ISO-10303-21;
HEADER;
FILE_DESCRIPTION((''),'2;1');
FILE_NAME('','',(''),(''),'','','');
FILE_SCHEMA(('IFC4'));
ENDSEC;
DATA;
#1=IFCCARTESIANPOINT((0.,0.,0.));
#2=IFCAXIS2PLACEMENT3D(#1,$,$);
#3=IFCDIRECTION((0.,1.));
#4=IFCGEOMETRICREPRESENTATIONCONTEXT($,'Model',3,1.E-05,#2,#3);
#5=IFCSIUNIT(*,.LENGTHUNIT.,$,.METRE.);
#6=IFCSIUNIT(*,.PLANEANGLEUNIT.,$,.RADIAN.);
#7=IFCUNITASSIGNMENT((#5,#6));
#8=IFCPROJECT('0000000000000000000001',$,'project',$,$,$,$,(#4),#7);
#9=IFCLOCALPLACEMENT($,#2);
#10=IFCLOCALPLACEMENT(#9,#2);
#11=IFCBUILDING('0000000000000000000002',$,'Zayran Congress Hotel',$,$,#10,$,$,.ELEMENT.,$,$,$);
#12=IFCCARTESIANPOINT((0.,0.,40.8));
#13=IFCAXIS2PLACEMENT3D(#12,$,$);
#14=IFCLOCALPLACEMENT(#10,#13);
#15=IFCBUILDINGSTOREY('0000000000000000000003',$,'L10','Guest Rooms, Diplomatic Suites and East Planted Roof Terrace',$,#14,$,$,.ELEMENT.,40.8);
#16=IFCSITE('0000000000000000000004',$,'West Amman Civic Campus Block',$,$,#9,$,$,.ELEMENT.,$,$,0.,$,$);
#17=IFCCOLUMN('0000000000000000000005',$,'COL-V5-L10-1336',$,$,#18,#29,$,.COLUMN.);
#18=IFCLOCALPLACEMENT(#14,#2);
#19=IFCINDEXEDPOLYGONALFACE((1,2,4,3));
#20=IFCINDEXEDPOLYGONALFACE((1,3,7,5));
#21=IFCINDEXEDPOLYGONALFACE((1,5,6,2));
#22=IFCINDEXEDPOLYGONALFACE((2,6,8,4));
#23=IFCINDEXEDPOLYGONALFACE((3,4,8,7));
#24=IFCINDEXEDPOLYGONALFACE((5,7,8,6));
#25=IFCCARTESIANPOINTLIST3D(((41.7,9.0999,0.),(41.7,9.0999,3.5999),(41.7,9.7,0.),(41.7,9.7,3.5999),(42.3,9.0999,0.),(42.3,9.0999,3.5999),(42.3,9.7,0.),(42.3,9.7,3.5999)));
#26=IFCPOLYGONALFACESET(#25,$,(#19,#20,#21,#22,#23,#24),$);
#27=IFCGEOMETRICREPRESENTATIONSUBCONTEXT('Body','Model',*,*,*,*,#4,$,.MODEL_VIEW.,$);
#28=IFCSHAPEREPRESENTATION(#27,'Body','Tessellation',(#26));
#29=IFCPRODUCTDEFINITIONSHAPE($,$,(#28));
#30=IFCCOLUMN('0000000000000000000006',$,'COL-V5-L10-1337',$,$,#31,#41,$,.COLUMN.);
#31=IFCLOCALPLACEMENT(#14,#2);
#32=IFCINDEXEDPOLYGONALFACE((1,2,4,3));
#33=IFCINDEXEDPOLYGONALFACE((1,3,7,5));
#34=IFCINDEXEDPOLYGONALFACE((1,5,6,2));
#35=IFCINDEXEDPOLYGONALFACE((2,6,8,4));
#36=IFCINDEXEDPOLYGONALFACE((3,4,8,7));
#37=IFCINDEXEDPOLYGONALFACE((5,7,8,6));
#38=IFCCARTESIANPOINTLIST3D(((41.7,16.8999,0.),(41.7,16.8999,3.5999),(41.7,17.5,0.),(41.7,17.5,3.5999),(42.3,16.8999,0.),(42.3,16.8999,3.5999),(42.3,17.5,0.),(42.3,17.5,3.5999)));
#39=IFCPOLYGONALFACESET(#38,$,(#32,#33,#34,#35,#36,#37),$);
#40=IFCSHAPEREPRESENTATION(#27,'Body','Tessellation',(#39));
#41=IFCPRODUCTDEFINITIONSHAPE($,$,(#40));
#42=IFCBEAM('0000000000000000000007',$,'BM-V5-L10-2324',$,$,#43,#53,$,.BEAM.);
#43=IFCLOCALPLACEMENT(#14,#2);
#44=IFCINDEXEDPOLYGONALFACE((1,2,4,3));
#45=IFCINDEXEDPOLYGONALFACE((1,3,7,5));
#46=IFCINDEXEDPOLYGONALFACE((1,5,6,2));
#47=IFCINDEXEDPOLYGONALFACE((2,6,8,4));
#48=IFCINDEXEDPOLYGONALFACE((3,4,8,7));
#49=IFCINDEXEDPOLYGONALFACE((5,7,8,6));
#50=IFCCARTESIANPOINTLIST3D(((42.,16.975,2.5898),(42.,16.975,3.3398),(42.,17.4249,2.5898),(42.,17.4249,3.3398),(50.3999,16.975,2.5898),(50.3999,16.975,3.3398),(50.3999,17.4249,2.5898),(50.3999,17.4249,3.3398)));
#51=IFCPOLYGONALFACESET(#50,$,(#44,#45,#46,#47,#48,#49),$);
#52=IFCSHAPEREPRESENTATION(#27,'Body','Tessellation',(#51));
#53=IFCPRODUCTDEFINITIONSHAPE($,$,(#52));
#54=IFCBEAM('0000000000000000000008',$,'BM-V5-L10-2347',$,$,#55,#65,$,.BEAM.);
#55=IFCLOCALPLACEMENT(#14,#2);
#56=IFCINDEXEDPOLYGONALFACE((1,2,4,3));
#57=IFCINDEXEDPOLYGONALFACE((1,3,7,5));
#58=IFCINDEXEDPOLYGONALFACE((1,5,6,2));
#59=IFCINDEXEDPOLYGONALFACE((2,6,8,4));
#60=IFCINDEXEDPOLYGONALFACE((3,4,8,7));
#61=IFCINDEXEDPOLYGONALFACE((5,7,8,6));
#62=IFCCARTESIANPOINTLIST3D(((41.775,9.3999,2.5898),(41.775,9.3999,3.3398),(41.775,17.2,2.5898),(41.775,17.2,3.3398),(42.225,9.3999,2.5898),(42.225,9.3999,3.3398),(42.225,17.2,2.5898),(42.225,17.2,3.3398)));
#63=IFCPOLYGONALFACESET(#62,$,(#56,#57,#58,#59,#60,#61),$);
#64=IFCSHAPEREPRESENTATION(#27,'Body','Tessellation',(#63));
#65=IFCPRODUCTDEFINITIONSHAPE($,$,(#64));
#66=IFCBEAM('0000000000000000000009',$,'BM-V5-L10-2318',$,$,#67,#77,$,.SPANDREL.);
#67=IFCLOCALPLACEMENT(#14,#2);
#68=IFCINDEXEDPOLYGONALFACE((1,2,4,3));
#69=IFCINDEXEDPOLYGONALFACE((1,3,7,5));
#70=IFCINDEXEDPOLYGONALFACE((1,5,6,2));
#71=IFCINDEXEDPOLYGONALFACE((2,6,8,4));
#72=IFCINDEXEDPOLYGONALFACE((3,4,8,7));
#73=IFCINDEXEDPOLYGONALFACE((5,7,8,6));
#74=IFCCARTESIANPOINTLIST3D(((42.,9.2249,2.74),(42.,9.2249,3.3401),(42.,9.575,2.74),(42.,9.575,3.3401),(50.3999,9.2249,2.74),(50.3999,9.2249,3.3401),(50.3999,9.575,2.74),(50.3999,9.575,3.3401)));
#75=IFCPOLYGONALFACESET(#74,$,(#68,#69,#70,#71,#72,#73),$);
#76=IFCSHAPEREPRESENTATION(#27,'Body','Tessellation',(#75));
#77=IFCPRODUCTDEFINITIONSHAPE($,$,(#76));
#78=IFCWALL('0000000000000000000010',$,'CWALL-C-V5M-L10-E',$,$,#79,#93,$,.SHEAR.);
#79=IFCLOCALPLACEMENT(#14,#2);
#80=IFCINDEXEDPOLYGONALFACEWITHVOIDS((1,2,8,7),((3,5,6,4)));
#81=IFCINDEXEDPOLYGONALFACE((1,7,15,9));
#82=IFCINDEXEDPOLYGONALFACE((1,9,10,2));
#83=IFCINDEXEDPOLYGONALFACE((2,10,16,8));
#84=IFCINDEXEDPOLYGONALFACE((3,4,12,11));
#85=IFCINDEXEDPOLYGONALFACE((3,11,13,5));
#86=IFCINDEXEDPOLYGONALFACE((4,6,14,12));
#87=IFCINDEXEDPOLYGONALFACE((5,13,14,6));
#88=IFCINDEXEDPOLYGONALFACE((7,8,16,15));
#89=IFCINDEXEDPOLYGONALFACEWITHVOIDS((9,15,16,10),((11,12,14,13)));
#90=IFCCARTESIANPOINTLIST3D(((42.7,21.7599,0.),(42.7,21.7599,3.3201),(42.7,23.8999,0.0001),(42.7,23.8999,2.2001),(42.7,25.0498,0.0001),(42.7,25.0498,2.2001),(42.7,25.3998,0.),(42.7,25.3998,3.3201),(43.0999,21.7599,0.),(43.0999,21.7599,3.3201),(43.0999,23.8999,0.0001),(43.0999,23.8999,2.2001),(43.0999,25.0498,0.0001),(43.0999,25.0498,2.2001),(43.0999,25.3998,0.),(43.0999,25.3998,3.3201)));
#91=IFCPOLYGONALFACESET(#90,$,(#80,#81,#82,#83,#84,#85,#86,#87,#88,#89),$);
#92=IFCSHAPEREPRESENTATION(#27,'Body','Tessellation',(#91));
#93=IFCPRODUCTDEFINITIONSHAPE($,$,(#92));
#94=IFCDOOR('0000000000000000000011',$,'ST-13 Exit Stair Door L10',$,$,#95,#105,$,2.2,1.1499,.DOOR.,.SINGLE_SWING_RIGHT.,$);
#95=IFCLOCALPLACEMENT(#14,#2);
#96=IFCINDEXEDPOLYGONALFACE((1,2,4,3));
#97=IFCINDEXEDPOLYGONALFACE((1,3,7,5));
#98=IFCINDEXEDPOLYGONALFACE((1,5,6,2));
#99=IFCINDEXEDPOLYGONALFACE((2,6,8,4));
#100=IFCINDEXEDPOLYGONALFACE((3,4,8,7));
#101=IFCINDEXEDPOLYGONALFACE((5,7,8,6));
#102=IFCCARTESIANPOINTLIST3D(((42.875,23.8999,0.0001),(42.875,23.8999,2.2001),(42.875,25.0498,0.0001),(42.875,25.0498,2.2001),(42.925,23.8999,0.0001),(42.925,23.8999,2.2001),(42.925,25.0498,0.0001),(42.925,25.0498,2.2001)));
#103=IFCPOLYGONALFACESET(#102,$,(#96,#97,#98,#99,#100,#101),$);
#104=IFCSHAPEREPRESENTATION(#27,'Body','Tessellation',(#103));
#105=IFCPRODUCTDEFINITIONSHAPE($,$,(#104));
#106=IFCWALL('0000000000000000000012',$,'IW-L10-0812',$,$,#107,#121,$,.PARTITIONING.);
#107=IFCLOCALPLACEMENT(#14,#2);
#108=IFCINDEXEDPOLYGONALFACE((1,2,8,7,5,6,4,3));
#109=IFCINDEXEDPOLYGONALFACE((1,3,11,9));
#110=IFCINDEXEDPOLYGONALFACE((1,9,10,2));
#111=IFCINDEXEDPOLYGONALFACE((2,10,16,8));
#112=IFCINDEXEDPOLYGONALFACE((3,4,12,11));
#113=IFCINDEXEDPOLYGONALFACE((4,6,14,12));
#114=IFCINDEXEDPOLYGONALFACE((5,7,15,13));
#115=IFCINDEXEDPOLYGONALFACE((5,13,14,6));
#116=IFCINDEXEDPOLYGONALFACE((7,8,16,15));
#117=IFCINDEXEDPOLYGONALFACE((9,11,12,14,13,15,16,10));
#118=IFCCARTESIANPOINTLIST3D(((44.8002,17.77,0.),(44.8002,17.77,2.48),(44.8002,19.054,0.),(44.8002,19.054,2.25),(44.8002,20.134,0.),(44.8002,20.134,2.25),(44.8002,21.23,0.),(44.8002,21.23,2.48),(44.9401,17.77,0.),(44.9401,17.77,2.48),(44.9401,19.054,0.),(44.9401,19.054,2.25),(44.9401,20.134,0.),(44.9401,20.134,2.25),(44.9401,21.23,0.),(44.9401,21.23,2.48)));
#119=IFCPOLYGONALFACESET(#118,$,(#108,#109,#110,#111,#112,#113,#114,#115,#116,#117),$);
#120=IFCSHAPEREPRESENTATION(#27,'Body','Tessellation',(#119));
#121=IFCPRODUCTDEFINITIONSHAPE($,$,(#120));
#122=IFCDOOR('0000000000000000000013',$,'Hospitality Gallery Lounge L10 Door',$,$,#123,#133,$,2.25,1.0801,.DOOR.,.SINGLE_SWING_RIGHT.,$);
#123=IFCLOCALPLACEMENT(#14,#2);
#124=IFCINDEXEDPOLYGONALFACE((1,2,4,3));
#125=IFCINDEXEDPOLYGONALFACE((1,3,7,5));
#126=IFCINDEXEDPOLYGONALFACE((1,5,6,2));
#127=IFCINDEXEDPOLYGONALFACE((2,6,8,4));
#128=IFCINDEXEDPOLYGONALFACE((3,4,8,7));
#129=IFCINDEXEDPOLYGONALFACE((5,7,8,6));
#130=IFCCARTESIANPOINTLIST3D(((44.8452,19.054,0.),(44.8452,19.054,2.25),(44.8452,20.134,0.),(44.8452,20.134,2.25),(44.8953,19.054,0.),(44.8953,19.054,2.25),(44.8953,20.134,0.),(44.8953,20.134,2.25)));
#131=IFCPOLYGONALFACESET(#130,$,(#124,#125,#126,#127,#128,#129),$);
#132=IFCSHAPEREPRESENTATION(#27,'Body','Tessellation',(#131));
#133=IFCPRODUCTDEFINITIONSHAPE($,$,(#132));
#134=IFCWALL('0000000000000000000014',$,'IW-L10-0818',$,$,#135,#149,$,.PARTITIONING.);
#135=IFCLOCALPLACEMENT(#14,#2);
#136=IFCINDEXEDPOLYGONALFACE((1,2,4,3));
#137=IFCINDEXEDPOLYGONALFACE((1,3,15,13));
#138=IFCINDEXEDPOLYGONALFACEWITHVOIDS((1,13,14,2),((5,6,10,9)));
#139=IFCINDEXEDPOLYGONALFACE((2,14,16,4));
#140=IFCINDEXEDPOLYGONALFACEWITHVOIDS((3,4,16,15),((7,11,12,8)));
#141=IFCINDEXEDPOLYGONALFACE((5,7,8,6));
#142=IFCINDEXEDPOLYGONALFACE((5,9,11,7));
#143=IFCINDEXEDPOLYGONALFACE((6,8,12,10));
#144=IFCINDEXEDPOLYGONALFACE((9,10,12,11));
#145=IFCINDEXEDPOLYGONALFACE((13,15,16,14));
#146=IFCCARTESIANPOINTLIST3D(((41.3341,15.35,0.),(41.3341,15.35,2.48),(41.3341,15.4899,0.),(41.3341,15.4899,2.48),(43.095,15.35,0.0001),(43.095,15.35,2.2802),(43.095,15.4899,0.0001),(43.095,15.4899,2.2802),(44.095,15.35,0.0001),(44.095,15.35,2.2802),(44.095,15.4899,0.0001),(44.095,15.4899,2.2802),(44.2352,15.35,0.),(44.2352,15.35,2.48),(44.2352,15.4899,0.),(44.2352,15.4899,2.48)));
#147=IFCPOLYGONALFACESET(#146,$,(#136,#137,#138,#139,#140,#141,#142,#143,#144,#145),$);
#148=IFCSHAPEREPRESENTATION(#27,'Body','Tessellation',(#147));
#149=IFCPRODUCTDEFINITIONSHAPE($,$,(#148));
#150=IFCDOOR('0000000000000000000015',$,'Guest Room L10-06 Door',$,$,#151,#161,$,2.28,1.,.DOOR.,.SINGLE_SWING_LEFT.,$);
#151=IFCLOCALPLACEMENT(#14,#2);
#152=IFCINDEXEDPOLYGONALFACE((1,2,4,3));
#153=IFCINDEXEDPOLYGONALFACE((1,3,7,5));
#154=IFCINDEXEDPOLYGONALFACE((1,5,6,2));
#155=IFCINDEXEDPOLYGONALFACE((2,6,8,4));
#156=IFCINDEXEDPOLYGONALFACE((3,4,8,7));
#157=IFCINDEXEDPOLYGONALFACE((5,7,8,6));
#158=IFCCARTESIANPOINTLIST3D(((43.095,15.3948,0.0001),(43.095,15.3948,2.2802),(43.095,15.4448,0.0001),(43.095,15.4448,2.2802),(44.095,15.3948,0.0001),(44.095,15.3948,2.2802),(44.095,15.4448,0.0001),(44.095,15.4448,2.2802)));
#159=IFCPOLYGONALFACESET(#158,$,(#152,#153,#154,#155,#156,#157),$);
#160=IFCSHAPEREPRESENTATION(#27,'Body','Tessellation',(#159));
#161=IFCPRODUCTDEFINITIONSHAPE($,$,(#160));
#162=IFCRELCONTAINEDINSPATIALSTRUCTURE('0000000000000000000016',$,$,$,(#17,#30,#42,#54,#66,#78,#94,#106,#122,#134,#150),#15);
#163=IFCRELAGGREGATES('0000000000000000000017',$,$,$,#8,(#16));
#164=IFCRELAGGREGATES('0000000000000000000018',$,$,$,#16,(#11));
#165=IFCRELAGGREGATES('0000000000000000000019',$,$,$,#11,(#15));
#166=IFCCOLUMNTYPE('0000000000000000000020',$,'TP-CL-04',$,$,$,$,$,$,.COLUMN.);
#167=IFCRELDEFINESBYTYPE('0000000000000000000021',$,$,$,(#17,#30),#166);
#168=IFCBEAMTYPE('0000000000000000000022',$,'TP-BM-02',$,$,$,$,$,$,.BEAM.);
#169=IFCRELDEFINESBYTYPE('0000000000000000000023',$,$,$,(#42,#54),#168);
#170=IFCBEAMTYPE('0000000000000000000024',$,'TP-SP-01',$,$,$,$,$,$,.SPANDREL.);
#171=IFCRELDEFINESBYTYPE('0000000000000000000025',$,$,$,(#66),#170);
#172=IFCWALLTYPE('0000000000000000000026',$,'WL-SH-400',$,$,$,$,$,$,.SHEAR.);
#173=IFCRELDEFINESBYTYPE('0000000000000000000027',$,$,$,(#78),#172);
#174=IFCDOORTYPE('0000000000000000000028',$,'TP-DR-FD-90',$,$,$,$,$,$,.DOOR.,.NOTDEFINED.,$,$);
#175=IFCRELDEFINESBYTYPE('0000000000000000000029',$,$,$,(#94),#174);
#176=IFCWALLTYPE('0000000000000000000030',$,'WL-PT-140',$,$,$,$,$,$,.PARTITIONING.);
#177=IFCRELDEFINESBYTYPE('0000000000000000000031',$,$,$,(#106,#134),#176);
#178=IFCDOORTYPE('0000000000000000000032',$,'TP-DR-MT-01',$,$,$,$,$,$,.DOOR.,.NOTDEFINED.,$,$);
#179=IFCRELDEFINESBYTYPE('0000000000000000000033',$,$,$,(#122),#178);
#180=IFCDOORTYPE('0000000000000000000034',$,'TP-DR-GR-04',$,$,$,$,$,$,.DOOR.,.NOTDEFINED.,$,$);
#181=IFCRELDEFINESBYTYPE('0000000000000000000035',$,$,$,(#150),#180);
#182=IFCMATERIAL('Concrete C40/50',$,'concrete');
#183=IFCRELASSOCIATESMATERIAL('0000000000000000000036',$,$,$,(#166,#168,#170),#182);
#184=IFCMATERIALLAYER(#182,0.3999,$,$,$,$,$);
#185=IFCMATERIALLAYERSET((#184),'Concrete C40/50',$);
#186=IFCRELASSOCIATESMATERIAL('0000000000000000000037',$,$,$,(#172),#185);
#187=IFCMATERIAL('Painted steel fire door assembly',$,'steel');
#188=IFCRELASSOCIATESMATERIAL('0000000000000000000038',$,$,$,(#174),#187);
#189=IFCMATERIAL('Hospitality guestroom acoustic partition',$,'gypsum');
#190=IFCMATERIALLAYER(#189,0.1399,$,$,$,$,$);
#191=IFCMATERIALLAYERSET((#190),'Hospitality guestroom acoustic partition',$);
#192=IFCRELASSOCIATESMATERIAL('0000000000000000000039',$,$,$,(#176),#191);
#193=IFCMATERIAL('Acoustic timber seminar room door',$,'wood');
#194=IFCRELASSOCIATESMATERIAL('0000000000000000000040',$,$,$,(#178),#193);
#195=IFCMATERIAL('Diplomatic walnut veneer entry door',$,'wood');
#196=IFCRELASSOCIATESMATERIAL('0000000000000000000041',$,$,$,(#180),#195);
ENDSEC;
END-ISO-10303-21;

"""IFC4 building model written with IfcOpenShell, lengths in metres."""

from ifc_helpers import new_model, si_unit, direction, frame, frame_2d, origin, origin_2d, place, context, subcontext, project, spatial, rectangle, extrude, material, layer, layer_set, material_profile, profile_set, type_object, element, fill, save


model = new_model("IFC4")

# Units and contexts
model_context = context("Model", 3, precision=1e-05, world=origin(), true_north=direction((0.0, 1.0)))
body_context = subcontext(model_context, "Body", "Model", "MODEL_VIEW")
ifc_project = project(units=[si_unit("LENGTHUNIT", "METRE"), si_unit("PLANEANGLEUNIT", "RADIAN")], contexts=[model_context])

# Site, building, storey
site_placement = place(None, origin())
site = spatial("IfcSite", under=ifc_project, at=site_placement, Name="West Amman Civic Campus Block", CompositionType="ELEMENT", RefElevation=0.0)
building_placement = place(site_placement, origin())
building = spatial("IfcBuilding", under=site, at=building_placement, Name="Zayran Congress Hotel", CompositionType="ELEMENT")
storey_placement = place(building_placement, frame((0.0, 0.0, 40.8)))
storey = spatial("IfcBuildingStorey", under=building, at=storey_placement, Name="L10", Description="Guest Rooms, Diplomatic Suites and East Planted Roof Terrace", CompositionType="ELEMENT", Elevation=40.8)

# Columns
ifc_material_1 = material(Name="Concrete C40/50", Category="concrete")
ifc_material_profile_1 = material_profile(ifc_material_1, rectangle(XDim=0.6001, YDim=0.6001, at=origin_2d()), Name="RC 600x600")
ifc_profile_set_1 = profile_set([ifc_material_profile_1], Name="Concrete C40/50")
column_type = type_object("IfcColumnType", Name="TP-CL-04", PredefinedType="COLUMN", material=ifc_profile_set_1)
for number, where, z_axis, x_axis, name in (
    (1, (42.0, 9.3999, 0.0), (0.0, 0.0, 1.0), (1.0, 0.0, 0.0), "COL-V5-L10-1336"),
    (2, (42.0, 17.2, 0.0), (0.0, 0.0, 1.0), (1.0, 0.0, 0.0), "COL-V5-L10-1337"),
):
    element("IfcColumn", number, at=place(storey_placement, frame(where, z_axis=z_axis, x_axis=x_axis)), inside=storey, type_object=column_type, Name=name, PredefinedType="COLUMN", context=body_context, shape_type="SweptSolid", body=[
        extrude(rectangle(XDim=0.6001, YDim=0.6001, at=origin_2d()), origin(), (0.0, 0.0, 1.0), 3.5999),
    ])

# Beams
ifc_material_profile_2 = material_profile(ifc_material_1, rectangle(XDim=0.45, YDim=0.75, at=origin_2d()), Name="RC 450x750")
ifc_profile_set_2 = profile_set([ifc_material_profile_2], Name="Concrete C40/50")
beam_type_1 = type_object("IfcBeamType", Name="TP-BM-02", PredefinedType="BEAM", material=ifc_profile_set_2)
beam_1_placement = place(storey_placement, frame((42.0, 17.2, 2.9648), z_axis=(1.0, 0.0, 0.0), x_axis=(0.0, 1.0, 0.0)))
element("IfcBeam", 3, at=beam_1_placement, inside=storey, type_object=beam_type_1, Name="BM-V5-L10-2324", PredefinedType="BEAM", context=body_context, shape_type="SweptSolid", body=[
    extrude(rectangle(XDim=0.45, YDim=0.75, at=origin_2d()), origin(), (0.0, 0.0, 1.0), 8.3999),
])
beam_2_placement = place(storey_placement, frame((42.0, 9.3999, 2.9648), z_axis=(0.0, 1.0, 0.0), x_axis=(-1.0, 0.0, 0.0)))
element("IfcBeam", 4, at=beam_2_placement, inside=storey, type_object=beam_type_1, Name="BM-V5-L10-2347", PredefinedType="BEAM", context=body_context, shape_type="SweptSolid", body=[
    extrude(rectangle(XDim=0.45, YDim=0.75, at=origin_2d()), origin(), (0.0, 0.0, 1.0), 7.8),
])
ifc_material_profile_3 = material_profile(ifc_material_1, rectangle(XDim=0.3501, YDim=0.6001, at=origin_2d()), Name="RC 350x600")
ifc_profile_set_3 = profile_set([ifc_material_profile_3], Name="Concrete C40/50")
beam_type_2 = type_object("IfcBeamType", Name="TP-SP-01", PredefinedType="SPANDREL", material=ifc_profile_set_3)
beam_3_placement = place(storey_placement, frame((42.0, 9.3999, 3.04), z_axis=(1.0, 0.0, 0.0), x_axis=(0.0, 1.0, 0.0)))
element("IfcBeam", 5, at=beam_3_placement, inside=storey, type_object=beam_type_2, Name="BM-V5-L10-2318", PredefinedType="SPANDREL", context=body_context, shape_type="SweptSolid", body=[
    extrude(rectangle(XDim=0.3501, YDim=0.6001, at=origin_2d()), origin(), (0.0, 0.0, 1.0), 8.3999),
])

# Walls, openings, doors
ifc_layer_1 = layer(ifc_material_1, 0.3999)
ifc_layer_set_1 = layer_set([ifc_layer_1], Name="Concrete C40/50")
wall_type_1 = type_object("IfcWallType", Name="WL-SH-400", PredefinedType="SHEAR", material=ifc_layer_set_1)
wall_1_placement = place(storey_placement, frame((42.8999, 21.76, 0.0), z_axis=(0.0, 0.0, 1.0), x_axis=(0.0, 1.0, 0.0)))
wall_1 = element("IfcWall", 6, at=wall_1_placement, inside=storey, type_object=wall_type_1, Name="CWALL-C-V5M-L10-E", PredefinedType="SHEAR", context=body_context, shape_type="SweptSolid", body=[
    extrude(rectangle(XDim=3.6399, YDim=0.3999, at=frame_2d((1.8198, 0.0))), origin(), (0.0, 0.0, 1.0), 3.3201),
])
opening_1_placement = place(wall_1_placement, frame((2.1399, 0.0, 0.0)))
opening_1 = element("IfcOpeningElement", 7, at=opening_1_placement, cuts=wall_1, PredefinedType="OPENING", context=body_context, shape_type="SweptSolid", body=[
    extrude(rectangle(XDim=1.1499, YDim=2.2, at=frame_2d((0.575, 1.1001))), frame((0.0, 0.21, 0.0), z_axis=(0.0, -1.0, 0.0), x_axis=(1.0, 0.0, 0.0)), (0.0, 0.0, 1.0), 0.4199),
])
ifc_material_2 = material(Name="Painted steel fire door assembly", Category="steel")
door_type_1 = type_object("IfcDoorType", Name="TP-DR-FD-90", OperationType="NOTDEFINED", PredefinedType="DOOR", material=ifc_material_2)
door_1_placement = place(opening_1_placement, origin())
door_1 = element("IfcDoor", 8, at=door_1_placement, inside=storey, type_object=door_type_1, Name="ST-13 Exit Stair Door L10", OperationType="SINGLE_SWING_RIGHT", OverallHeight=2.2, OverallWidth=1.1499, PredefinedType="DOOR", context=body_context, shape_type="SweptSolid", body=[
    extrude(rectangle(XDim=1.1499, YDim=2.2, at=frame_2d((0.575, 1.1001))), frame((0.0, 0.0249, 0.0), z_axis=(0.0, -1.0, 0.0), x_axis=(1.0, 0.0, 0.0)), (0.0, 0.0, 1.0), 0.05),
])
fill(opening_1, door_1)
ifc_material_3 = material(Name="Hospitality guestroom acoustic partition", Category="gypsum")
ifc_layer_2 = layer(ifc_material_3, 0.1399)
ifc_layer_set_2 = layer_set([ifc_layer_2], Name="Hospitality guestroom acoustic partition")
wall_type_2 = type_object("IfcWallType", Name="WL-PT-140", PredefinedType="PARTITIONING", material=ifc_layer_set_2)
wall_2_placement = place(storey_placement, frame((44.8701, 17.77, 0.0), z_axis=(0.0, 0.0, 1.0), x_axis=(0.0, 1.0, 0.0)))
wall_2 = element("IfcWall", 9, at=wall_2_placement, inside=storey, type_object=wall_type_2, Name="IW-L10-0812", PredefinedType="PARTITIONING", context=body_context, shape_type="SweptSolid", body=[
    extrude(rectangle(XDim=3.46, YDim=0.1399, at=frame_2d((1.73, 0.0))), origin(), (0.0, 0.0, 1.0), 2.48),
])
opening_2_placement = place(wall_2_placement, frame((1.2839, 0.0, 0.0)))
opening_2 = element("IfcOpeningElement", 10, at=opening_2_placement, cuts=wall_2, PredefinedType="OPENING", context=body_context, shape_type="SweptSolid", body=[
    extrude(rectangle(XDim=1.0801, YDim=2.25, at=frame_2d((0.54, 1.125))), frame((0.0, 0.0798, 0.0), z_axis=(0.0, -1.0, 0.0), x_axis=(1.0, 0.0, 0.0)), (0.0, 0.0, 1.0), 0.1599),
])
ifc_material_4 = material(Name="Acoustic timber seminar room door", Category="wood")
door_type_2 = type_object("IfcDoorType", Name="TP-DR-MT-01", OperationType="NOTDEFINED", PredefinedType="DOOR", material=ifc_material_4)
door_2_placement = place(opening_2_placement, origin())
door_2 = element("IfcDoor", 11, at=door_2_placement, inside=storey, type_object=door_type_2, Name="Hospitality Gallery Lounge L10 Door", OperationType="SINGLE_SWING_RIGHT", OverallHeight=2.25, OverallWidth=1.0801, PredefinedType="DOOR", context=body_context, shape_type="SweptSolid", body=[
    extrude(rectangle(XDim=1.0801, YDim=2.25, at=frame_2d((0.54, 1.125))), frame((0.0, 0.0249, 0.0), z_axis=(0.0, -1.0, 0.0), x_axis=(1.0, 0.0, 0.0)), (0.0, 0.0, 1.0), 0.05),
])
fill(opening_2, door_2)
wall_3_placement = place(storey_placement, frame((41.334, 15.4199, 0.0), z_axis=(0.0, 0.0, 1.0), x_axis=(1.0, 0.0, 0.0)))
wall_3 = element("IfcWall", 12, at=wall_3_placement, inside=storey, type_object=wall_type_2, Name="IW-L10-0818", PredefinedType="PARTITIONING", context=body_context, shape_type="SweptSolid", body=[
    extrude(rectangle(XDim=2.9011, YDim=0.1399, at=frame_2d((1.4507, 0.0))), origin(), (0.0, 0.0, 1.0), 2.48),
])
opening_3_placement = place(wall_3_placement, frame((1.761, 0.0, 0.0)))
opening_3 = element("IfcOpeningElement", 13, at=opening_3_placement, cuts=wall_3, PredefinedType="OPENING", context=body_context, shape_type="SweptSolid", body=[
    extrude(rectangle(XDim=1.0, YDim=2.28, at=frame_2d((0.5, 1.1401))), frame((0.0, 0.0798, 0.0), z_axis=(0.0, -1.0, 0.0), x_axis=(1.0, 0.0, 0.0)), (0.0, 0.0, 1.0), 0.1599),
])
ifc_material_5 = material(Name="Diplomatic walnut veneer entry door", Category="wood")
door_type_3 = type_object("IfcDoorType", Name="TP-DR-GR-04", OperationType="NOTDEFINED", PredefinedType="DOOR", material=ifc_material_5)
door_3_placement = place(opening_3_placement, origin())
door_3 = element("IfcDoor", 14, at=door_3_placement, inside=storey, type_object=door_type_3, Name="Guest Room L10-06 Door", OperationType="SINGLE_SWING_LEFT", OverallHeight=2.28, OverallWidth=1.0, PredefinedType="DOOR", context=body_context, shape_type="SweptSolid", body=[
    extrude(rectangle(XDim=1.0, YDim=2.28, at=frame_2d((0.5, 1.1401))), frame((0.0, 0.0249, 0.0), z_axis=(0.0, -1.0, 0.0), x_axis=(1.0, 0.0, 0.0)), (0.0, 0.0, 1.0), 0.05),
])
fill(opening_3, door_3)

save(model, "model.ifc")
